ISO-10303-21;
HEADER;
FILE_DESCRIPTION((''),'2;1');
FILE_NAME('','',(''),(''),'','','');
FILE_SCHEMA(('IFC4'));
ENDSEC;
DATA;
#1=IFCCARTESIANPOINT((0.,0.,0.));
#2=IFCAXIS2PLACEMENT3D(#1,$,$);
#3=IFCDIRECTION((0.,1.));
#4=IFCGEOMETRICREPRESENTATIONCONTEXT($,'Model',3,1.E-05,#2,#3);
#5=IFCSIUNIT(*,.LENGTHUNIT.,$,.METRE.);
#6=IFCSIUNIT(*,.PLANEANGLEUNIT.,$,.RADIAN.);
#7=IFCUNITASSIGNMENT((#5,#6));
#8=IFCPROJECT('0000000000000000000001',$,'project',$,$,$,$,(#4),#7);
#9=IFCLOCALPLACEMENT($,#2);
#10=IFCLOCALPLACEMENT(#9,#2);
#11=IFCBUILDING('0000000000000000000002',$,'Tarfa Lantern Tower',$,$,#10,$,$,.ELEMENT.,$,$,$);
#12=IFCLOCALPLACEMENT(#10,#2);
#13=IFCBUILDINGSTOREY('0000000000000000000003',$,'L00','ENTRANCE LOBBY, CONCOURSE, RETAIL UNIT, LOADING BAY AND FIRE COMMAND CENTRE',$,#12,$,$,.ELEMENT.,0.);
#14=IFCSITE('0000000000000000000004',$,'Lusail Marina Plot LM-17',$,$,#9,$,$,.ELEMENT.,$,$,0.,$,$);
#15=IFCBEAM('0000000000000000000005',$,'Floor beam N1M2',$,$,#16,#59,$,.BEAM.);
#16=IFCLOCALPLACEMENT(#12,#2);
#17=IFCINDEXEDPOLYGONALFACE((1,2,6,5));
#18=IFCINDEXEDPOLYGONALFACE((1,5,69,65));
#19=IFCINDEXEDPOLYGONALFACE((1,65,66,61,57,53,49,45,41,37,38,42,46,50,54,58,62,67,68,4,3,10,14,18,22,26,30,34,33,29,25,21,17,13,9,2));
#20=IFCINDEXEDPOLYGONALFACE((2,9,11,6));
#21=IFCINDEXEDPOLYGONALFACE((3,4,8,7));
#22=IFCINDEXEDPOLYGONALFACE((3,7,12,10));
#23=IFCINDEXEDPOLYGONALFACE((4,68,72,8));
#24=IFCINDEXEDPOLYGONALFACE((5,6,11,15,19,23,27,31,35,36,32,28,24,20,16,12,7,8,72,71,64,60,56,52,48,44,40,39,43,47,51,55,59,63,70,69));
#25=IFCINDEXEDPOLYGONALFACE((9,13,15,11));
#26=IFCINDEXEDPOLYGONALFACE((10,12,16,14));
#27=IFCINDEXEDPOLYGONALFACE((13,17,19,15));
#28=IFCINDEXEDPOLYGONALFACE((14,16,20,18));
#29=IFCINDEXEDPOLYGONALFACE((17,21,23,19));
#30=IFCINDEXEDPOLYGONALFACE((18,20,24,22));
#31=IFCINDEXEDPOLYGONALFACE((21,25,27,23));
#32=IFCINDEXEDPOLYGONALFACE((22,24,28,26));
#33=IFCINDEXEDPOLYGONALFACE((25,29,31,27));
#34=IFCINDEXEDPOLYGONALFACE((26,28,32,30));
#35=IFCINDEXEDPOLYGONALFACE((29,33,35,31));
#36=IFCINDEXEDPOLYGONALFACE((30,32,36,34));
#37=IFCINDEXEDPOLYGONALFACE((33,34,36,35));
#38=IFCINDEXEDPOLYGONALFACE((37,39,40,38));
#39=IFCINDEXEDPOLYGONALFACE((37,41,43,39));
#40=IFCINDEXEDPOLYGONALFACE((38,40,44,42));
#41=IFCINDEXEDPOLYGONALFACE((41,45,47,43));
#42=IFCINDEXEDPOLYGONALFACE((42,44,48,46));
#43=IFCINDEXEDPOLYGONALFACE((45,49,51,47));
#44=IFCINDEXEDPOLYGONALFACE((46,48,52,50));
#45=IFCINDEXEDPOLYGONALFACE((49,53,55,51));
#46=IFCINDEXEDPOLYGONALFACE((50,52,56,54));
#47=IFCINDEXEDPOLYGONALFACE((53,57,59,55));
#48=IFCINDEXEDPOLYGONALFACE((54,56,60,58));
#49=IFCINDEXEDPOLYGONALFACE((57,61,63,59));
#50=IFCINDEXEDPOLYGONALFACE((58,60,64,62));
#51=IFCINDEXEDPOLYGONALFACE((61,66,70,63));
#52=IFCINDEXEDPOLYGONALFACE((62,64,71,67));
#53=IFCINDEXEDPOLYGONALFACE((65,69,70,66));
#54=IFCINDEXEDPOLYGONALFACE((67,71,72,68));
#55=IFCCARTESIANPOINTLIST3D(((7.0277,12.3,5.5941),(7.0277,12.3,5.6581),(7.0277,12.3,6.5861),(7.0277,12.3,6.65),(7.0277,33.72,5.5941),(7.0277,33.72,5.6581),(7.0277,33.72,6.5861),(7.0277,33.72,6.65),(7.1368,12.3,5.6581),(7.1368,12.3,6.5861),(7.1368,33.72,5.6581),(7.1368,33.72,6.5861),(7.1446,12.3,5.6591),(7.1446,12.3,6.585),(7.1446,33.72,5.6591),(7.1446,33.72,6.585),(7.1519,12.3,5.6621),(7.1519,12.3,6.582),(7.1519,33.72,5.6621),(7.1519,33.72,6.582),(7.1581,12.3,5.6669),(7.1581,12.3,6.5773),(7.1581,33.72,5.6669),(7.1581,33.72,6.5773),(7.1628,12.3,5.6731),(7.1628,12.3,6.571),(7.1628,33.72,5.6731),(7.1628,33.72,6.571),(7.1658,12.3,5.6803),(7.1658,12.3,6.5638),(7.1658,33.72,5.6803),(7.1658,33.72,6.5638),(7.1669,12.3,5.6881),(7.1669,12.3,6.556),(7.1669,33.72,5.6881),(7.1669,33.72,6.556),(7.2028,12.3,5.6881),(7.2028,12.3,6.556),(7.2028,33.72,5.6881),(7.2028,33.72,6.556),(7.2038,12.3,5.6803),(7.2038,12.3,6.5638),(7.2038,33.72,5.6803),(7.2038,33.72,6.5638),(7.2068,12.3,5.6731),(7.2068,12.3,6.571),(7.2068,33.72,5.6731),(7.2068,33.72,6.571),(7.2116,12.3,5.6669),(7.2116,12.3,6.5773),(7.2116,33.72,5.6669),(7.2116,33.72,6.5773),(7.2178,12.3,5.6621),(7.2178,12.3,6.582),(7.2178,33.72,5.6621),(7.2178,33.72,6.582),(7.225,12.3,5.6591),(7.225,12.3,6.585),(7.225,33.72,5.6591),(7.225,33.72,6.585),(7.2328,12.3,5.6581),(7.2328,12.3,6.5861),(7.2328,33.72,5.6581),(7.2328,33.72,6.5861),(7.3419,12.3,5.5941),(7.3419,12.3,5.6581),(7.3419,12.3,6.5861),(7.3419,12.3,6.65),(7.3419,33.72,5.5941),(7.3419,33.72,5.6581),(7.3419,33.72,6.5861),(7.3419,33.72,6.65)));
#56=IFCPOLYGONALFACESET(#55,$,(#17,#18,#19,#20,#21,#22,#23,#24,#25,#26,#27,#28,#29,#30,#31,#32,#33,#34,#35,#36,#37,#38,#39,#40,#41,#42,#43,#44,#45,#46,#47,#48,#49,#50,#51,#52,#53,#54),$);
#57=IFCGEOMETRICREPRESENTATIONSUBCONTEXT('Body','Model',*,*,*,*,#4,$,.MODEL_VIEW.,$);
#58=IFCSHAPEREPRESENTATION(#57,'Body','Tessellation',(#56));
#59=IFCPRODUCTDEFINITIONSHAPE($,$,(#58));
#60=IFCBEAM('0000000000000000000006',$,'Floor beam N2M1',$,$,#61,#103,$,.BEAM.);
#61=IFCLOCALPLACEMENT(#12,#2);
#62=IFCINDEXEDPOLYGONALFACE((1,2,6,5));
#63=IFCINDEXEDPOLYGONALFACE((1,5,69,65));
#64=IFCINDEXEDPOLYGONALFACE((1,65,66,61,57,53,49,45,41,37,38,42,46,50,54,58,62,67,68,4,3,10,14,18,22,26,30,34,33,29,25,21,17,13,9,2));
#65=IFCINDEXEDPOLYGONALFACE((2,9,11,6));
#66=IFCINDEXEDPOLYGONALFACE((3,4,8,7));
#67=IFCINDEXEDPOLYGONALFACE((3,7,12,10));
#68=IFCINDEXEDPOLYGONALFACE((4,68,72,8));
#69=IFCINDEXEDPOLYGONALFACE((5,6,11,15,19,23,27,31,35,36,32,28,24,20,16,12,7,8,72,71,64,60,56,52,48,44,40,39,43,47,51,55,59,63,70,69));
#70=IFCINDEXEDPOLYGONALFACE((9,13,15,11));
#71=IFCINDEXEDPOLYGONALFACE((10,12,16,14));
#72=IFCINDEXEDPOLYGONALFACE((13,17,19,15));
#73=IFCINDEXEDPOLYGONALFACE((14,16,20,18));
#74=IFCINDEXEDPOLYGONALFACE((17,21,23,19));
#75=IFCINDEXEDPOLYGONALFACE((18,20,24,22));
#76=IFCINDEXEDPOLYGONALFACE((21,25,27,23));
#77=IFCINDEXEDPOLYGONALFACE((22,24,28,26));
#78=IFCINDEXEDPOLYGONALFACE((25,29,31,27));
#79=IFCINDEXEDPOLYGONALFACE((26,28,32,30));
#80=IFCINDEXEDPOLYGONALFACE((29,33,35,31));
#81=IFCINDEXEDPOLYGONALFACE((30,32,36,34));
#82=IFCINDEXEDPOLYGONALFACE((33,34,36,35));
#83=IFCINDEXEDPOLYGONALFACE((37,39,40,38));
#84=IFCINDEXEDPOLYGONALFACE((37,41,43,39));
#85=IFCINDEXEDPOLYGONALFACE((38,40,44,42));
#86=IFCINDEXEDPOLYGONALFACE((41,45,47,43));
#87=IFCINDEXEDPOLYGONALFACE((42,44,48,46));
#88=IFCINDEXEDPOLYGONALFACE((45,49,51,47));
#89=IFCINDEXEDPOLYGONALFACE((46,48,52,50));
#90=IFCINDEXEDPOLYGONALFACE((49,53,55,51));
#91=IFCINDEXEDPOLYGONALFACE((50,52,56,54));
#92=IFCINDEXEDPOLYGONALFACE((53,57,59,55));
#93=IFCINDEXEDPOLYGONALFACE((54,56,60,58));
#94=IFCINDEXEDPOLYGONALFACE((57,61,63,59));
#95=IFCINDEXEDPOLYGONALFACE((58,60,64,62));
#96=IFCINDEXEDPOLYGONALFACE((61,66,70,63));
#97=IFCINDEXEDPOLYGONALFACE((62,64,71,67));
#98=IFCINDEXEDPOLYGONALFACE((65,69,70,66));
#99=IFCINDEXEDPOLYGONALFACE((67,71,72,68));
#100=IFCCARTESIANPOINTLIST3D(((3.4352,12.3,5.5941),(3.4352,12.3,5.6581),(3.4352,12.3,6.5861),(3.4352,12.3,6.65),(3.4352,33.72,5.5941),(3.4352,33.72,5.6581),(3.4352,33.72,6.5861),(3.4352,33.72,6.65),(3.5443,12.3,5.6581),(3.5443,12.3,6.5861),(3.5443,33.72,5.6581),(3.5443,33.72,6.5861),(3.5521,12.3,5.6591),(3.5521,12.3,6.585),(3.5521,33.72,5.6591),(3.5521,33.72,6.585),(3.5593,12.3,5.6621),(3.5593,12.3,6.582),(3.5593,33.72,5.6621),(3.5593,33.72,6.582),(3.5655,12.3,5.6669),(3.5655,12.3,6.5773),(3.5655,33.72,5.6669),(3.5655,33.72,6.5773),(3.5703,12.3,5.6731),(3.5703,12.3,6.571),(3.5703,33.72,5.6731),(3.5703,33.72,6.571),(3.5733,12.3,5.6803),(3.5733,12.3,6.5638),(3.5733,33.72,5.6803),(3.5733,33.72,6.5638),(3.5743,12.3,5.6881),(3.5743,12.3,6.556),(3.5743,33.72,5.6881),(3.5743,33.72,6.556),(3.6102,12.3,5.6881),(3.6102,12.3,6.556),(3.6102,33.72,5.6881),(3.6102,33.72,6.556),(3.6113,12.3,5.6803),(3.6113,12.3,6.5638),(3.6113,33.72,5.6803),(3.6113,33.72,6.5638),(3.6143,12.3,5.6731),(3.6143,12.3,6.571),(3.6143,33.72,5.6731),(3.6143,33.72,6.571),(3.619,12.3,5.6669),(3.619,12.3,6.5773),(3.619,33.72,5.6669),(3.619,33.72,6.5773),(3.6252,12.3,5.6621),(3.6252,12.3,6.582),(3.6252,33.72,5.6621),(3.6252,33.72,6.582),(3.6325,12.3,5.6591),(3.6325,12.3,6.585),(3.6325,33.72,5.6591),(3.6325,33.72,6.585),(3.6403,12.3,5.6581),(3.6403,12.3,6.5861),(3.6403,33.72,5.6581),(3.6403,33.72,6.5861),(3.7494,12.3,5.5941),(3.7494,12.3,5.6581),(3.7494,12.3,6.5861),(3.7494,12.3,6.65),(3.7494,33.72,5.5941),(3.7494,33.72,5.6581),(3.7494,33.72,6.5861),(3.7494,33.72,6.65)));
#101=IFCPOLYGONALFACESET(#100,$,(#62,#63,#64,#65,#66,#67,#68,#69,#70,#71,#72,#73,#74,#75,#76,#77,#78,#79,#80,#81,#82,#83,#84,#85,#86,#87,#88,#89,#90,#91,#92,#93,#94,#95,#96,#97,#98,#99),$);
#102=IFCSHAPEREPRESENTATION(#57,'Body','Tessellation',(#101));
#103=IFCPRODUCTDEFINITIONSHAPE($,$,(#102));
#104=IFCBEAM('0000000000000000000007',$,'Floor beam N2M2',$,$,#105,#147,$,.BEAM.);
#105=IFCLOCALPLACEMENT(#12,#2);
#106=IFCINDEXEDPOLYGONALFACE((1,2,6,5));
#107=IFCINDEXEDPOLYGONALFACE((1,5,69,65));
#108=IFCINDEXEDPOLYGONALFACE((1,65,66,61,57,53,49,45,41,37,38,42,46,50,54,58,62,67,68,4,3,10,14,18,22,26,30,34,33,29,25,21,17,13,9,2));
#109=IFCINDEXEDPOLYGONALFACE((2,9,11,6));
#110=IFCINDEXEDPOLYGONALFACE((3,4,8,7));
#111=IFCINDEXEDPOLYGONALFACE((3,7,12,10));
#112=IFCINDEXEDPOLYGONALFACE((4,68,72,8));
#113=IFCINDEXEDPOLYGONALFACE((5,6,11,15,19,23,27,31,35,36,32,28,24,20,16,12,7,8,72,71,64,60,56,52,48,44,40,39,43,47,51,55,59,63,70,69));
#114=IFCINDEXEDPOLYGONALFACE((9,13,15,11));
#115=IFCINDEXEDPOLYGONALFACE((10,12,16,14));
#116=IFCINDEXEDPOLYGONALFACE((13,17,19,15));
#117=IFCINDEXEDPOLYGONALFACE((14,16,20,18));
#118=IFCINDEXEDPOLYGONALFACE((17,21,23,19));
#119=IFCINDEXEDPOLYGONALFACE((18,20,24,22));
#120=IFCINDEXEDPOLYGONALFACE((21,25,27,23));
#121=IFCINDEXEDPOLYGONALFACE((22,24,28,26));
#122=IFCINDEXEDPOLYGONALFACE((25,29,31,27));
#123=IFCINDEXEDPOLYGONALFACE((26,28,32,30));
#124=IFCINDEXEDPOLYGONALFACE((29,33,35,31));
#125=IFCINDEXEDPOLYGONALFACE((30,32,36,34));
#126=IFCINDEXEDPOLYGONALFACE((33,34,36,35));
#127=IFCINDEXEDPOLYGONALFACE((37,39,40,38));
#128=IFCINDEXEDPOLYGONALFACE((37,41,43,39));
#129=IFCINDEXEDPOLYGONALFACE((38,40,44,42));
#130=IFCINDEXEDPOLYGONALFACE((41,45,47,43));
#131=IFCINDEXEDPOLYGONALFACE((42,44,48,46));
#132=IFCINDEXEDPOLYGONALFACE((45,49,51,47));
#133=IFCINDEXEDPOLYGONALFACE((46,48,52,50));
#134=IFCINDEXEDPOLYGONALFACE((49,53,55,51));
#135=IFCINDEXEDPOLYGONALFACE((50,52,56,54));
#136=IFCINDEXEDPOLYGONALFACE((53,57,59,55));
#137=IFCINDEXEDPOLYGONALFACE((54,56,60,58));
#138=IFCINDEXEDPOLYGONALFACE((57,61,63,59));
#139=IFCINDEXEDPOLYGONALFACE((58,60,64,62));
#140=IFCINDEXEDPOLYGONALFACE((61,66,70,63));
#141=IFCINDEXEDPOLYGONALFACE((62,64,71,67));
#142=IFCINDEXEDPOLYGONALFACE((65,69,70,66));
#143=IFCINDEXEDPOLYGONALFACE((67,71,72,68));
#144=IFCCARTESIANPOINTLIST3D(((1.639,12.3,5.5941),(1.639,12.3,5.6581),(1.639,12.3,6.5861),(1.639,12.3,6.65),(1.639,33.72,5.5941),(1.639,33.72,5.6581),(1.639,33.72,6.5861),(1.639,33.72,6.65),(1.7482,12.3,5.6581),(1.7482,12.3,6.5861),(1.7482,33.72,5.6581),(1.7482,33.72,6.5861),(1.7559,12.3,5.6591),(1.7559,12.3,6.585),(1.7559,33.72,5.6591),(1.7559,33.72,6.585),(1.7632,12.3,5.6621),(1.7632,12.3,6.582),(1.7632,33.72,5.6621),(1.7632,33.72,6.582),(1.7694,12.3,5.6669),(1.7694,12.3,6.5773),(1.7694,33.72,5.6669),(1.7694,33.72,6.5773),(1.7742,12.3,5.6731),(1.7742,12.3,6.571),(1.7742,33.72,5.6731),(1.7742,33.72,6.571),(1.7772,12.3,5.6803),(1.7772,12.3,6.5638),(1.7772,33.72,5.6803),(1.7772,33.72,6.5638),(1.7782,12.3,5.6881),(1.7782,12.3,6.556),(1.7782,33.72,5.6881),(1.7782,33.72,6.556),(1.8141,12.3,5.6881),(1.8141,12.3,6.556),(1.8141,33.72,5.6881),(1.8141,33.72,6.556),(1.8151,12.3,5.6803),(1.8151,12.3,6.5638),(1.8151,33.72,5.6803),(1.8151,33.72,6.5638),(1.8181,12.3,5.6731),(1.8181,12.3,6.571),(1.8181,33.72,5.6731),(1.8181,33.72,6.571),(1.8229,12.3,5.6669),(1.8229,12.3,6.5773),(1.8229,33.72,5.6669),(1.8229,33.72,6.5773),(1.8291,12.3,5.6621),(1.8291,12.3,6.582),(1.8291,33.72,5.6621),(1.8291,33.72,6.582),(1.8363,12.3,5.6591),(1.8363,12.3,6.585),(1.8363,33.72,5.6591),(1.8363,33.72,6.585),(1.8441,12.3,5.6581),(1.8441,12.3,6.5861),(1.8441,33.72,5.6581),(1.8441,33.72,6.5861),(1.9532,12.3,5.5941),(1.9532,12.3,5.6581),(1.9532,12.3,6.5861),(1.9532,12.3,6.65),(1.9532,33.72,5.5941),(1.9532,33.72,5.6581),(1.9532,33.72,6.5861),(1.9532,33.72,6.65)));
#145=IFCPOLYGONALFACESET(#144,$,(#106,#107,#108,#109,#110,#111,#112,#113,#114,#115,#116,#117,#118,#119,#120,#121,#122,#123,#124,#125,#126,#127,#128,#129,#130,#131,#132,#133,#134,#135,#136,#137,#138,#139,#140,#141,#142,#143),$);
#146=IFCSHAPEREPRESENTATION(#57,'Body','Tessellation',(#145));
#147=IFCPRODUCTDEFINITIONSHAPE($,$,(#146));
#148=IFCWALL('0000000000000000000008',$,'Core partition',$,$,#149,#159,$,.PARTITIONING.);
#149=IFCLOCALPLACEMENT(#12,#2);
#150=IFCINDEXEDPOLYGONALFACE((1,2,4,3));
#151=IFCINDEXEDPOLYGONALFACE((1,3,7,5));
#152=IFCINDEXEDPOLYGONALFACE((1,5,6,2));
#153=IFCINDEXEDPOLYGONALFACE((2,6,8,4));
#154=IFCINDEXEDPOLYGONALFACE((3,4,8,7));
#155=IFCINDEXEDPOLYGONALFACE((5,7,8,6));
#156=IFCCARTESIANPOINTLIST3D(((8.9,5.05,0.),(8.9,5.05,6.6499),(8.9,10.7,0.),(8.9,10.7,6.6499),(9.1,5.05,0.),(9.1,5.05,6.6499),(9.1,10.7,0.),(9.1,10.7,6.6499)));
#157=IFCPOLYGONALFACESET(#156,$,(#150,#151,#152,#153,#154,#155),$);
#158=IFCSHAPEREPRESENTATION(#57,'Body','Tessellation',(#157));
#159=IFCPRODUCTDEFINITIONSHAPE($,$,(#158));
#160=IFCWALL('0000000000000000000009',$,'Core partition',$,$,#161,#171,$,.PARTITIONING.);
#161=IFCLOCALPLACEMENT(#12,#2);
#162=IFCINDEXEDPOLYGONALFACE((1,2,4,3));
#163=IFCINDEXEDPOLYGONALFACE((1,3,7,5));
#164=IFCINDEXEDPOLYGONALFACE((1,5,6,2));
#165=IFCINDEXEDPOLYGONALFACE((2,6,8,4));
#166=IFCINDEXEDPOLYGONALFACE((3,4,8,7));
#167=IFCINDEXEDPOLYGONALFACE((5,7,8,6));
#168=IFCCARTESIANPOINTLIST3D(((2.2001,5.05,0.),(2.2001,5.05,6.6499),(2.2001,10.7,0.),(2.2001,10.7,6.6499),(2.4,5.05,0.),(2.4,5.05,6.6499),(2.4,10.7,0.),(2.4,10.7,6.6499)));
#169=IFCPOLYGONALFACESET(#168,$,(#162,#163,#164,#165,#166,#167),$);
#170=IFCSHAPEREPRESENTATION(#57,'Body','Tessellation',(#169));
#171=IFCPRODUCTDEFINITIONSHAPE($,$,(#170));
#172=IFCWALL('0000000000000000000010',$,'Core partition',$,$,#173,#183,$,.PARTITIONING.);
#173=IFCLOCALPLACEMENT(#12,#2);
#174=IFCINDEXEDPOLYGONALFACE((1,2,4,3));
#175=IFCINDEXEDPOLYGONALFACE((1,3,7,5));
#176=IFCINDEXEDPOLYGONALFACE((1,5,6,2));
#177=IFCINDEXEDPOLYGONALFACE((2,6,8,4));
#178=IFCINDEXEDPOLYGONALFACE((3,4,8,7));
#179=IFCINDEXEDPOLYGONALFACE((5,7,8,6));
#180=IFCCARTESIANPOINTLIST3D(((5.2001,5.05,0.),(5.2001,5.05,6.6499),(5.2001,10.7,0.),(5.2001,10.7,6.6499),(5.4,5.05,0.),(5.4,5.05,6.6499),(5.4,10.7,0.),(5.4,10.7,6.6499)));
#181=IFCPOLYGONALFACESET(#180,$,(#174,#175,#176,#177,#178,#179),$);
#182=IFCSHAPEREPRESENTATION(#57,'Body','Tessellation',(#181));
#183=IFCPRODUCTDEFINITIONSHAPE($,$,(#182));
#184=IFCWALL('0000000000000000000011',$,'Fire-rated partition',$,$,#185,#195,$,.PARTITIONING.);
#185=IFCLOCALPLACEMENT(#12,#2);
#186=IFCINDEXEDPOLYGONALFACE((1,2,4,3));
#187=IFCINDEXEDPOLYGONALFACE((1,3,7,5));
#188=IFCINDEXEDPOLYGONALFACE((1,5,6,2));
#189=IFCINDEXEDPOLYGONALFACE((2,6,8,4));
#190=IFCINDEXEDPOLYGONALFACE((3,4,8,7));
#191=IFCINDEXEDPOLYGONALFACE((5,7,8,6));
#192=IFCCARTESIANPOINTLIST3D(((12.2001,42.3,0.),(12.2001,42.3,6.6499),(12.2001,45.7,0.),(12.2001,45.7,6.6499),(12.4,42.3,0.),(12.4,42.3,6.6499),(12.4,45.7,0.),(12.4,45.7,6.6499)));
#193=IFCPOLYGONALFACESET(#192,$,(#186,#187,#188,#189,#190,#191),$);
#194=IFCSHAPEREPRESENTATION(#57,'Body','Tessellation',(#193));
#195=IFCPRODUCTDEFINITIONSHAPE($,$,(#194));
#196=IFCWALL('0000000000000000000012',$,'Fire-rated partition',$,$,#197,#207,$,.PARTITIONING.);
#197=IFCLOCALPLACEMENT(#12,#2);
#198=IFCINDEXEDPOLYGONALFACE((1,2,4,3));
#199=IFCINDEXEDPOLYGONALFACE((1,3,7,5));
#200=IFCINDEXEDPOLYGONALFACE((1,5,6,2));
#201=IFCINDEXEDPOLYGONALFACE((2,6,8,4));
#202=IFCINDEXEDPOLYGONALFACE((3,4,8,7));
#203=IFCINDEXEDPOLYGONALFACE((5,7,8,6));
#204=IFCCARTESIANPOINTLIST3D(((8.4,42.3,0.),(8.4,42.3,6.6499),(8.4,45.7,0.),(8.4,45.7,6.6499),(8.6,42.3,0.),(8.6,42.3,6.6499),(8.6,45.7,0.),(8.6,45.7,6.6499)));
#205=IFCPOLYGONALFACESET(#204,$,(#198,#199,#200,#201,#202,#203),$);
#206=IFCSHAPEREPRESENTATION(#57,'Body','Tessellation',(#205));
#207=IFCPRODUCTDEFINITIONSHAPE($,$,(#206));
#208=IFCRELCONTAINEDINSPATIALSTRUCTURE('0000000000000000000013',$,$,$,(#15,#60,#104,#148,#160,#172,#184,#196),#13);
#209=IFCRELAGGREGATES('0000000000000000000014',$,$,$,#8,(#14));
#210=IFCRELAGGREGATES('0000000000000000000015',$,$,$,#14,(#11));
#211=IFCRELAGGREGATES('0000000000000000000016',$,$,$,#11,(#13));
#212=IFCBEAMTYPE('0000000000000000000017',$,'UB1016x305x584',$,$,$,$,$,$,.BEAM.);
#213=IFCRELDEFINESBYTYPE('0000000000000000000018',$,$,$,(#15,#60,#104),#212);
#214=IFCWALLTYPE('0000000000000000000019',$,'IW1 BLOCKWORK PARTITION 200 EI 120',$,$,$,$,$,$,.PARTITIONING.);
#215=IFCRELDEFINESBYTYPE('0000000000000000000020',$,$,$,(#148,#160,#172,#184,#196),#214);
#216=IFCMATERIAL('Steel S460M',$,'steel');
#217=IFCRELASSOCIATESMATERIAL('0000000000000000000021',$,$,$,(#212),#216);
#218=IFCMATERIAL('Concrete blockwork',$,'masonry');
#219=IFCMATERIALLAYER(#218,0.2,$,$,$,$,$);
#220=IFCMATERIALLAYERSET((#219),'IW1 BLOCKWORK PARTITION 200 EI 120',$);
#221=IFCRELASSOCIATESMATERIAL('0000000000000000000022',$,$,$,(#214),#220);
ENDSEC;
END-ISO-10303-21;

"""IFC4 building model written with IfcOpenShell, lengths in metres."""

from ifc_helpers import new_model, si_unit, direction, frame, frame_2d, origin, origin_2d, place, context, subcontext, project, spatial, rectangle, i_section, extrude, material, layer, layer_set, material_profile, profile_set, type_object, element, save


model = new_model("IFC4")

# Units and contexts
model_context = context("Model", 3, precision=1e-05, world=origin(), true_north=direction((0.0, 1.0)))
body_context = subcontext(model_context, "Body", "Model", "MODEL_VIEW")
ifc_project = project(units=[si_unit("LENGTHUNIT", "METRE"), si_unit("PLANEANGLEUNIT", "RADIAN")], contexts=[model_context])

# Site, building, storey
site_placement = place(None, origin())
site = spatial("IfcSite", under=ifc_project, at=site_placement, Name="Lusail Marina Plot LM-17", CompositionType="ELEMENT", RefElevation=0.0)
building_placement = place(site_placement, origin())
building = spatial("IfcBuilding", under=site, at=building_placement, Name="Tarfa Lantern Tower", CompositionType="ELEMENT")
storey_placement = place(building_placement, origin())
storey = spatial("IfcBuildingStorey", under=building, at=storey_placement, Name="L00", Description="ENTRANCE LOBBY, CONCOURSE, RETAIL UNIT, LOADING BAY AND FIRE COMMAND CENTRE", CompositionType="ELEMENT", Elevation=0.0)

# Beams
ifc_material_1 = material(Name="Steel S460M", Category="steel")
ifc_material_profile_1 = material_profile(ifc_material_1, i_section(OverallWidth=0.3142, OverallDepth=1.0559, WebThickness=0.0359, FlangeThickness=0.064, FilletRadius=0.03, at=origin_2d()), Name="UB1016x305x584")
ifc_profile_set_1 = profile_set([ifc_material_profile_1], Name="Steel S460M")
beam_type_1 = type_object("IfcBeamType", Name="UB1016x305x584", PredefinedType="BEAM", material=ifc_profile_set_1)
for number, where, z_axis, x_axis, name in (
    (1, (7.1848, 33.72, 6.1221), (0.0, -1.0, 0.0), (1.0, 0.0, 0.0), "Floor beam N1M2"),
    (2, (3.5923, 33.72, 6.1221), (0.0, -1.0, 0.0), (1.0, 0.0, 0.0), "Floor beam N2M1"),
    (3, (1.7961, 33.72, 6.1221), (0.0, -1.0, 0.0), (1.0, 0.0, 0.0), "Floor beam N2M2"),
):
    element("IfcBeam", number, at=place(storey_placement, frame(where, z_axis=z_axis, x_axis=x_axis)), inside=storey, type_object=beam_type_1, Name=name, PredefinedType="BEAM", context=body_context, shape_type="SweptSolid", body=[
        extrude(i_section(OverallWidth=0.3142, OverallDepth=1.0559, WebThickness=0.0359, FlangeThickness=0.064, FilletRadius=0.03, at=origin_2d()), origin(), (0.0, 0.0, 1.0), 21.4199),
    ])

# Walls
ifc_material_2 = material(Name="Concrete blockwork", Category="masonry")
ifc_layer_1 = layer(ifc_material_2, 0.2)
ifc_layer_set_1 = layer_set([ifc_layer_1], Name="IW1 BLOCKWORK PARTITION 200 EI 120")
wall_type_1 = type_object("IfcWallType", Name="IW1 BLOCKWORK PARTITION 200 EI 120", PredefinedType="PARTITIONING", material=ifc_layer_set_1)
for number, where, z_axis, x_axis, name in (
    (4, (9.0, 5.05, 0.0), (0.0, 0.0, 1.0), (0.0, 1.0, 0.0), "Core partition"),
    (5, (2.3, 5.05, 0.0), (0.0, 0.0, 1.0), (0.0, 1.0, 0.0), "Core partition"),
    (6, (5.3, 5.05, 0.0), (0.0, 0.0, 1.0), (0.0, 1.0, 0.0), "Core partition"),
):
    element("IfcWall", number, at=place(storey_placement, frame(where, z_axis=z_axis, x_axis=x_axis)), inside=storey, type_object=wall_type_1, Name=name, PredefinedType="PARTITIONING", context=body_context, shape_type="SweptSolid", body=[
        extrude(rectangle(XDim=5.6499, YDim=0.2, at=frame_2d((2.825, 0.0))), origin(), (0.0, 0.0, 1.0), 6.6499),
    ])
for number, where, z_axis, x_axis, name in (
    (7, (12.3, 45.7, 0.0), (0.0, 0.0, 1.0), (0.0, -1.0, 0.0), "Fire-rated partition"),
    (8, (8.5, 45.7, 0.0), (0.0, 0.0, 1.0), (0.0, -1.0, 0.0), "Fire-rated partition"),
):
    element("IfcWall", number, at=place(storey_placement, frame(where, z_axis=z_axis, x_axis=x_axis)), inside=storey, type_object=wall_type_1, Name=name, PredefinedType="PARTITIONING", context=body_context, shape_type="SweptSolid", body=[
        extrude(rectangle(XDim=3.3999, YDim=0.2, at=frame_2d((1.7, 0.0))), origin(), (0.0, 0.0, 1.0), 6.6499),
    ])

save(model, "model.ifc")
